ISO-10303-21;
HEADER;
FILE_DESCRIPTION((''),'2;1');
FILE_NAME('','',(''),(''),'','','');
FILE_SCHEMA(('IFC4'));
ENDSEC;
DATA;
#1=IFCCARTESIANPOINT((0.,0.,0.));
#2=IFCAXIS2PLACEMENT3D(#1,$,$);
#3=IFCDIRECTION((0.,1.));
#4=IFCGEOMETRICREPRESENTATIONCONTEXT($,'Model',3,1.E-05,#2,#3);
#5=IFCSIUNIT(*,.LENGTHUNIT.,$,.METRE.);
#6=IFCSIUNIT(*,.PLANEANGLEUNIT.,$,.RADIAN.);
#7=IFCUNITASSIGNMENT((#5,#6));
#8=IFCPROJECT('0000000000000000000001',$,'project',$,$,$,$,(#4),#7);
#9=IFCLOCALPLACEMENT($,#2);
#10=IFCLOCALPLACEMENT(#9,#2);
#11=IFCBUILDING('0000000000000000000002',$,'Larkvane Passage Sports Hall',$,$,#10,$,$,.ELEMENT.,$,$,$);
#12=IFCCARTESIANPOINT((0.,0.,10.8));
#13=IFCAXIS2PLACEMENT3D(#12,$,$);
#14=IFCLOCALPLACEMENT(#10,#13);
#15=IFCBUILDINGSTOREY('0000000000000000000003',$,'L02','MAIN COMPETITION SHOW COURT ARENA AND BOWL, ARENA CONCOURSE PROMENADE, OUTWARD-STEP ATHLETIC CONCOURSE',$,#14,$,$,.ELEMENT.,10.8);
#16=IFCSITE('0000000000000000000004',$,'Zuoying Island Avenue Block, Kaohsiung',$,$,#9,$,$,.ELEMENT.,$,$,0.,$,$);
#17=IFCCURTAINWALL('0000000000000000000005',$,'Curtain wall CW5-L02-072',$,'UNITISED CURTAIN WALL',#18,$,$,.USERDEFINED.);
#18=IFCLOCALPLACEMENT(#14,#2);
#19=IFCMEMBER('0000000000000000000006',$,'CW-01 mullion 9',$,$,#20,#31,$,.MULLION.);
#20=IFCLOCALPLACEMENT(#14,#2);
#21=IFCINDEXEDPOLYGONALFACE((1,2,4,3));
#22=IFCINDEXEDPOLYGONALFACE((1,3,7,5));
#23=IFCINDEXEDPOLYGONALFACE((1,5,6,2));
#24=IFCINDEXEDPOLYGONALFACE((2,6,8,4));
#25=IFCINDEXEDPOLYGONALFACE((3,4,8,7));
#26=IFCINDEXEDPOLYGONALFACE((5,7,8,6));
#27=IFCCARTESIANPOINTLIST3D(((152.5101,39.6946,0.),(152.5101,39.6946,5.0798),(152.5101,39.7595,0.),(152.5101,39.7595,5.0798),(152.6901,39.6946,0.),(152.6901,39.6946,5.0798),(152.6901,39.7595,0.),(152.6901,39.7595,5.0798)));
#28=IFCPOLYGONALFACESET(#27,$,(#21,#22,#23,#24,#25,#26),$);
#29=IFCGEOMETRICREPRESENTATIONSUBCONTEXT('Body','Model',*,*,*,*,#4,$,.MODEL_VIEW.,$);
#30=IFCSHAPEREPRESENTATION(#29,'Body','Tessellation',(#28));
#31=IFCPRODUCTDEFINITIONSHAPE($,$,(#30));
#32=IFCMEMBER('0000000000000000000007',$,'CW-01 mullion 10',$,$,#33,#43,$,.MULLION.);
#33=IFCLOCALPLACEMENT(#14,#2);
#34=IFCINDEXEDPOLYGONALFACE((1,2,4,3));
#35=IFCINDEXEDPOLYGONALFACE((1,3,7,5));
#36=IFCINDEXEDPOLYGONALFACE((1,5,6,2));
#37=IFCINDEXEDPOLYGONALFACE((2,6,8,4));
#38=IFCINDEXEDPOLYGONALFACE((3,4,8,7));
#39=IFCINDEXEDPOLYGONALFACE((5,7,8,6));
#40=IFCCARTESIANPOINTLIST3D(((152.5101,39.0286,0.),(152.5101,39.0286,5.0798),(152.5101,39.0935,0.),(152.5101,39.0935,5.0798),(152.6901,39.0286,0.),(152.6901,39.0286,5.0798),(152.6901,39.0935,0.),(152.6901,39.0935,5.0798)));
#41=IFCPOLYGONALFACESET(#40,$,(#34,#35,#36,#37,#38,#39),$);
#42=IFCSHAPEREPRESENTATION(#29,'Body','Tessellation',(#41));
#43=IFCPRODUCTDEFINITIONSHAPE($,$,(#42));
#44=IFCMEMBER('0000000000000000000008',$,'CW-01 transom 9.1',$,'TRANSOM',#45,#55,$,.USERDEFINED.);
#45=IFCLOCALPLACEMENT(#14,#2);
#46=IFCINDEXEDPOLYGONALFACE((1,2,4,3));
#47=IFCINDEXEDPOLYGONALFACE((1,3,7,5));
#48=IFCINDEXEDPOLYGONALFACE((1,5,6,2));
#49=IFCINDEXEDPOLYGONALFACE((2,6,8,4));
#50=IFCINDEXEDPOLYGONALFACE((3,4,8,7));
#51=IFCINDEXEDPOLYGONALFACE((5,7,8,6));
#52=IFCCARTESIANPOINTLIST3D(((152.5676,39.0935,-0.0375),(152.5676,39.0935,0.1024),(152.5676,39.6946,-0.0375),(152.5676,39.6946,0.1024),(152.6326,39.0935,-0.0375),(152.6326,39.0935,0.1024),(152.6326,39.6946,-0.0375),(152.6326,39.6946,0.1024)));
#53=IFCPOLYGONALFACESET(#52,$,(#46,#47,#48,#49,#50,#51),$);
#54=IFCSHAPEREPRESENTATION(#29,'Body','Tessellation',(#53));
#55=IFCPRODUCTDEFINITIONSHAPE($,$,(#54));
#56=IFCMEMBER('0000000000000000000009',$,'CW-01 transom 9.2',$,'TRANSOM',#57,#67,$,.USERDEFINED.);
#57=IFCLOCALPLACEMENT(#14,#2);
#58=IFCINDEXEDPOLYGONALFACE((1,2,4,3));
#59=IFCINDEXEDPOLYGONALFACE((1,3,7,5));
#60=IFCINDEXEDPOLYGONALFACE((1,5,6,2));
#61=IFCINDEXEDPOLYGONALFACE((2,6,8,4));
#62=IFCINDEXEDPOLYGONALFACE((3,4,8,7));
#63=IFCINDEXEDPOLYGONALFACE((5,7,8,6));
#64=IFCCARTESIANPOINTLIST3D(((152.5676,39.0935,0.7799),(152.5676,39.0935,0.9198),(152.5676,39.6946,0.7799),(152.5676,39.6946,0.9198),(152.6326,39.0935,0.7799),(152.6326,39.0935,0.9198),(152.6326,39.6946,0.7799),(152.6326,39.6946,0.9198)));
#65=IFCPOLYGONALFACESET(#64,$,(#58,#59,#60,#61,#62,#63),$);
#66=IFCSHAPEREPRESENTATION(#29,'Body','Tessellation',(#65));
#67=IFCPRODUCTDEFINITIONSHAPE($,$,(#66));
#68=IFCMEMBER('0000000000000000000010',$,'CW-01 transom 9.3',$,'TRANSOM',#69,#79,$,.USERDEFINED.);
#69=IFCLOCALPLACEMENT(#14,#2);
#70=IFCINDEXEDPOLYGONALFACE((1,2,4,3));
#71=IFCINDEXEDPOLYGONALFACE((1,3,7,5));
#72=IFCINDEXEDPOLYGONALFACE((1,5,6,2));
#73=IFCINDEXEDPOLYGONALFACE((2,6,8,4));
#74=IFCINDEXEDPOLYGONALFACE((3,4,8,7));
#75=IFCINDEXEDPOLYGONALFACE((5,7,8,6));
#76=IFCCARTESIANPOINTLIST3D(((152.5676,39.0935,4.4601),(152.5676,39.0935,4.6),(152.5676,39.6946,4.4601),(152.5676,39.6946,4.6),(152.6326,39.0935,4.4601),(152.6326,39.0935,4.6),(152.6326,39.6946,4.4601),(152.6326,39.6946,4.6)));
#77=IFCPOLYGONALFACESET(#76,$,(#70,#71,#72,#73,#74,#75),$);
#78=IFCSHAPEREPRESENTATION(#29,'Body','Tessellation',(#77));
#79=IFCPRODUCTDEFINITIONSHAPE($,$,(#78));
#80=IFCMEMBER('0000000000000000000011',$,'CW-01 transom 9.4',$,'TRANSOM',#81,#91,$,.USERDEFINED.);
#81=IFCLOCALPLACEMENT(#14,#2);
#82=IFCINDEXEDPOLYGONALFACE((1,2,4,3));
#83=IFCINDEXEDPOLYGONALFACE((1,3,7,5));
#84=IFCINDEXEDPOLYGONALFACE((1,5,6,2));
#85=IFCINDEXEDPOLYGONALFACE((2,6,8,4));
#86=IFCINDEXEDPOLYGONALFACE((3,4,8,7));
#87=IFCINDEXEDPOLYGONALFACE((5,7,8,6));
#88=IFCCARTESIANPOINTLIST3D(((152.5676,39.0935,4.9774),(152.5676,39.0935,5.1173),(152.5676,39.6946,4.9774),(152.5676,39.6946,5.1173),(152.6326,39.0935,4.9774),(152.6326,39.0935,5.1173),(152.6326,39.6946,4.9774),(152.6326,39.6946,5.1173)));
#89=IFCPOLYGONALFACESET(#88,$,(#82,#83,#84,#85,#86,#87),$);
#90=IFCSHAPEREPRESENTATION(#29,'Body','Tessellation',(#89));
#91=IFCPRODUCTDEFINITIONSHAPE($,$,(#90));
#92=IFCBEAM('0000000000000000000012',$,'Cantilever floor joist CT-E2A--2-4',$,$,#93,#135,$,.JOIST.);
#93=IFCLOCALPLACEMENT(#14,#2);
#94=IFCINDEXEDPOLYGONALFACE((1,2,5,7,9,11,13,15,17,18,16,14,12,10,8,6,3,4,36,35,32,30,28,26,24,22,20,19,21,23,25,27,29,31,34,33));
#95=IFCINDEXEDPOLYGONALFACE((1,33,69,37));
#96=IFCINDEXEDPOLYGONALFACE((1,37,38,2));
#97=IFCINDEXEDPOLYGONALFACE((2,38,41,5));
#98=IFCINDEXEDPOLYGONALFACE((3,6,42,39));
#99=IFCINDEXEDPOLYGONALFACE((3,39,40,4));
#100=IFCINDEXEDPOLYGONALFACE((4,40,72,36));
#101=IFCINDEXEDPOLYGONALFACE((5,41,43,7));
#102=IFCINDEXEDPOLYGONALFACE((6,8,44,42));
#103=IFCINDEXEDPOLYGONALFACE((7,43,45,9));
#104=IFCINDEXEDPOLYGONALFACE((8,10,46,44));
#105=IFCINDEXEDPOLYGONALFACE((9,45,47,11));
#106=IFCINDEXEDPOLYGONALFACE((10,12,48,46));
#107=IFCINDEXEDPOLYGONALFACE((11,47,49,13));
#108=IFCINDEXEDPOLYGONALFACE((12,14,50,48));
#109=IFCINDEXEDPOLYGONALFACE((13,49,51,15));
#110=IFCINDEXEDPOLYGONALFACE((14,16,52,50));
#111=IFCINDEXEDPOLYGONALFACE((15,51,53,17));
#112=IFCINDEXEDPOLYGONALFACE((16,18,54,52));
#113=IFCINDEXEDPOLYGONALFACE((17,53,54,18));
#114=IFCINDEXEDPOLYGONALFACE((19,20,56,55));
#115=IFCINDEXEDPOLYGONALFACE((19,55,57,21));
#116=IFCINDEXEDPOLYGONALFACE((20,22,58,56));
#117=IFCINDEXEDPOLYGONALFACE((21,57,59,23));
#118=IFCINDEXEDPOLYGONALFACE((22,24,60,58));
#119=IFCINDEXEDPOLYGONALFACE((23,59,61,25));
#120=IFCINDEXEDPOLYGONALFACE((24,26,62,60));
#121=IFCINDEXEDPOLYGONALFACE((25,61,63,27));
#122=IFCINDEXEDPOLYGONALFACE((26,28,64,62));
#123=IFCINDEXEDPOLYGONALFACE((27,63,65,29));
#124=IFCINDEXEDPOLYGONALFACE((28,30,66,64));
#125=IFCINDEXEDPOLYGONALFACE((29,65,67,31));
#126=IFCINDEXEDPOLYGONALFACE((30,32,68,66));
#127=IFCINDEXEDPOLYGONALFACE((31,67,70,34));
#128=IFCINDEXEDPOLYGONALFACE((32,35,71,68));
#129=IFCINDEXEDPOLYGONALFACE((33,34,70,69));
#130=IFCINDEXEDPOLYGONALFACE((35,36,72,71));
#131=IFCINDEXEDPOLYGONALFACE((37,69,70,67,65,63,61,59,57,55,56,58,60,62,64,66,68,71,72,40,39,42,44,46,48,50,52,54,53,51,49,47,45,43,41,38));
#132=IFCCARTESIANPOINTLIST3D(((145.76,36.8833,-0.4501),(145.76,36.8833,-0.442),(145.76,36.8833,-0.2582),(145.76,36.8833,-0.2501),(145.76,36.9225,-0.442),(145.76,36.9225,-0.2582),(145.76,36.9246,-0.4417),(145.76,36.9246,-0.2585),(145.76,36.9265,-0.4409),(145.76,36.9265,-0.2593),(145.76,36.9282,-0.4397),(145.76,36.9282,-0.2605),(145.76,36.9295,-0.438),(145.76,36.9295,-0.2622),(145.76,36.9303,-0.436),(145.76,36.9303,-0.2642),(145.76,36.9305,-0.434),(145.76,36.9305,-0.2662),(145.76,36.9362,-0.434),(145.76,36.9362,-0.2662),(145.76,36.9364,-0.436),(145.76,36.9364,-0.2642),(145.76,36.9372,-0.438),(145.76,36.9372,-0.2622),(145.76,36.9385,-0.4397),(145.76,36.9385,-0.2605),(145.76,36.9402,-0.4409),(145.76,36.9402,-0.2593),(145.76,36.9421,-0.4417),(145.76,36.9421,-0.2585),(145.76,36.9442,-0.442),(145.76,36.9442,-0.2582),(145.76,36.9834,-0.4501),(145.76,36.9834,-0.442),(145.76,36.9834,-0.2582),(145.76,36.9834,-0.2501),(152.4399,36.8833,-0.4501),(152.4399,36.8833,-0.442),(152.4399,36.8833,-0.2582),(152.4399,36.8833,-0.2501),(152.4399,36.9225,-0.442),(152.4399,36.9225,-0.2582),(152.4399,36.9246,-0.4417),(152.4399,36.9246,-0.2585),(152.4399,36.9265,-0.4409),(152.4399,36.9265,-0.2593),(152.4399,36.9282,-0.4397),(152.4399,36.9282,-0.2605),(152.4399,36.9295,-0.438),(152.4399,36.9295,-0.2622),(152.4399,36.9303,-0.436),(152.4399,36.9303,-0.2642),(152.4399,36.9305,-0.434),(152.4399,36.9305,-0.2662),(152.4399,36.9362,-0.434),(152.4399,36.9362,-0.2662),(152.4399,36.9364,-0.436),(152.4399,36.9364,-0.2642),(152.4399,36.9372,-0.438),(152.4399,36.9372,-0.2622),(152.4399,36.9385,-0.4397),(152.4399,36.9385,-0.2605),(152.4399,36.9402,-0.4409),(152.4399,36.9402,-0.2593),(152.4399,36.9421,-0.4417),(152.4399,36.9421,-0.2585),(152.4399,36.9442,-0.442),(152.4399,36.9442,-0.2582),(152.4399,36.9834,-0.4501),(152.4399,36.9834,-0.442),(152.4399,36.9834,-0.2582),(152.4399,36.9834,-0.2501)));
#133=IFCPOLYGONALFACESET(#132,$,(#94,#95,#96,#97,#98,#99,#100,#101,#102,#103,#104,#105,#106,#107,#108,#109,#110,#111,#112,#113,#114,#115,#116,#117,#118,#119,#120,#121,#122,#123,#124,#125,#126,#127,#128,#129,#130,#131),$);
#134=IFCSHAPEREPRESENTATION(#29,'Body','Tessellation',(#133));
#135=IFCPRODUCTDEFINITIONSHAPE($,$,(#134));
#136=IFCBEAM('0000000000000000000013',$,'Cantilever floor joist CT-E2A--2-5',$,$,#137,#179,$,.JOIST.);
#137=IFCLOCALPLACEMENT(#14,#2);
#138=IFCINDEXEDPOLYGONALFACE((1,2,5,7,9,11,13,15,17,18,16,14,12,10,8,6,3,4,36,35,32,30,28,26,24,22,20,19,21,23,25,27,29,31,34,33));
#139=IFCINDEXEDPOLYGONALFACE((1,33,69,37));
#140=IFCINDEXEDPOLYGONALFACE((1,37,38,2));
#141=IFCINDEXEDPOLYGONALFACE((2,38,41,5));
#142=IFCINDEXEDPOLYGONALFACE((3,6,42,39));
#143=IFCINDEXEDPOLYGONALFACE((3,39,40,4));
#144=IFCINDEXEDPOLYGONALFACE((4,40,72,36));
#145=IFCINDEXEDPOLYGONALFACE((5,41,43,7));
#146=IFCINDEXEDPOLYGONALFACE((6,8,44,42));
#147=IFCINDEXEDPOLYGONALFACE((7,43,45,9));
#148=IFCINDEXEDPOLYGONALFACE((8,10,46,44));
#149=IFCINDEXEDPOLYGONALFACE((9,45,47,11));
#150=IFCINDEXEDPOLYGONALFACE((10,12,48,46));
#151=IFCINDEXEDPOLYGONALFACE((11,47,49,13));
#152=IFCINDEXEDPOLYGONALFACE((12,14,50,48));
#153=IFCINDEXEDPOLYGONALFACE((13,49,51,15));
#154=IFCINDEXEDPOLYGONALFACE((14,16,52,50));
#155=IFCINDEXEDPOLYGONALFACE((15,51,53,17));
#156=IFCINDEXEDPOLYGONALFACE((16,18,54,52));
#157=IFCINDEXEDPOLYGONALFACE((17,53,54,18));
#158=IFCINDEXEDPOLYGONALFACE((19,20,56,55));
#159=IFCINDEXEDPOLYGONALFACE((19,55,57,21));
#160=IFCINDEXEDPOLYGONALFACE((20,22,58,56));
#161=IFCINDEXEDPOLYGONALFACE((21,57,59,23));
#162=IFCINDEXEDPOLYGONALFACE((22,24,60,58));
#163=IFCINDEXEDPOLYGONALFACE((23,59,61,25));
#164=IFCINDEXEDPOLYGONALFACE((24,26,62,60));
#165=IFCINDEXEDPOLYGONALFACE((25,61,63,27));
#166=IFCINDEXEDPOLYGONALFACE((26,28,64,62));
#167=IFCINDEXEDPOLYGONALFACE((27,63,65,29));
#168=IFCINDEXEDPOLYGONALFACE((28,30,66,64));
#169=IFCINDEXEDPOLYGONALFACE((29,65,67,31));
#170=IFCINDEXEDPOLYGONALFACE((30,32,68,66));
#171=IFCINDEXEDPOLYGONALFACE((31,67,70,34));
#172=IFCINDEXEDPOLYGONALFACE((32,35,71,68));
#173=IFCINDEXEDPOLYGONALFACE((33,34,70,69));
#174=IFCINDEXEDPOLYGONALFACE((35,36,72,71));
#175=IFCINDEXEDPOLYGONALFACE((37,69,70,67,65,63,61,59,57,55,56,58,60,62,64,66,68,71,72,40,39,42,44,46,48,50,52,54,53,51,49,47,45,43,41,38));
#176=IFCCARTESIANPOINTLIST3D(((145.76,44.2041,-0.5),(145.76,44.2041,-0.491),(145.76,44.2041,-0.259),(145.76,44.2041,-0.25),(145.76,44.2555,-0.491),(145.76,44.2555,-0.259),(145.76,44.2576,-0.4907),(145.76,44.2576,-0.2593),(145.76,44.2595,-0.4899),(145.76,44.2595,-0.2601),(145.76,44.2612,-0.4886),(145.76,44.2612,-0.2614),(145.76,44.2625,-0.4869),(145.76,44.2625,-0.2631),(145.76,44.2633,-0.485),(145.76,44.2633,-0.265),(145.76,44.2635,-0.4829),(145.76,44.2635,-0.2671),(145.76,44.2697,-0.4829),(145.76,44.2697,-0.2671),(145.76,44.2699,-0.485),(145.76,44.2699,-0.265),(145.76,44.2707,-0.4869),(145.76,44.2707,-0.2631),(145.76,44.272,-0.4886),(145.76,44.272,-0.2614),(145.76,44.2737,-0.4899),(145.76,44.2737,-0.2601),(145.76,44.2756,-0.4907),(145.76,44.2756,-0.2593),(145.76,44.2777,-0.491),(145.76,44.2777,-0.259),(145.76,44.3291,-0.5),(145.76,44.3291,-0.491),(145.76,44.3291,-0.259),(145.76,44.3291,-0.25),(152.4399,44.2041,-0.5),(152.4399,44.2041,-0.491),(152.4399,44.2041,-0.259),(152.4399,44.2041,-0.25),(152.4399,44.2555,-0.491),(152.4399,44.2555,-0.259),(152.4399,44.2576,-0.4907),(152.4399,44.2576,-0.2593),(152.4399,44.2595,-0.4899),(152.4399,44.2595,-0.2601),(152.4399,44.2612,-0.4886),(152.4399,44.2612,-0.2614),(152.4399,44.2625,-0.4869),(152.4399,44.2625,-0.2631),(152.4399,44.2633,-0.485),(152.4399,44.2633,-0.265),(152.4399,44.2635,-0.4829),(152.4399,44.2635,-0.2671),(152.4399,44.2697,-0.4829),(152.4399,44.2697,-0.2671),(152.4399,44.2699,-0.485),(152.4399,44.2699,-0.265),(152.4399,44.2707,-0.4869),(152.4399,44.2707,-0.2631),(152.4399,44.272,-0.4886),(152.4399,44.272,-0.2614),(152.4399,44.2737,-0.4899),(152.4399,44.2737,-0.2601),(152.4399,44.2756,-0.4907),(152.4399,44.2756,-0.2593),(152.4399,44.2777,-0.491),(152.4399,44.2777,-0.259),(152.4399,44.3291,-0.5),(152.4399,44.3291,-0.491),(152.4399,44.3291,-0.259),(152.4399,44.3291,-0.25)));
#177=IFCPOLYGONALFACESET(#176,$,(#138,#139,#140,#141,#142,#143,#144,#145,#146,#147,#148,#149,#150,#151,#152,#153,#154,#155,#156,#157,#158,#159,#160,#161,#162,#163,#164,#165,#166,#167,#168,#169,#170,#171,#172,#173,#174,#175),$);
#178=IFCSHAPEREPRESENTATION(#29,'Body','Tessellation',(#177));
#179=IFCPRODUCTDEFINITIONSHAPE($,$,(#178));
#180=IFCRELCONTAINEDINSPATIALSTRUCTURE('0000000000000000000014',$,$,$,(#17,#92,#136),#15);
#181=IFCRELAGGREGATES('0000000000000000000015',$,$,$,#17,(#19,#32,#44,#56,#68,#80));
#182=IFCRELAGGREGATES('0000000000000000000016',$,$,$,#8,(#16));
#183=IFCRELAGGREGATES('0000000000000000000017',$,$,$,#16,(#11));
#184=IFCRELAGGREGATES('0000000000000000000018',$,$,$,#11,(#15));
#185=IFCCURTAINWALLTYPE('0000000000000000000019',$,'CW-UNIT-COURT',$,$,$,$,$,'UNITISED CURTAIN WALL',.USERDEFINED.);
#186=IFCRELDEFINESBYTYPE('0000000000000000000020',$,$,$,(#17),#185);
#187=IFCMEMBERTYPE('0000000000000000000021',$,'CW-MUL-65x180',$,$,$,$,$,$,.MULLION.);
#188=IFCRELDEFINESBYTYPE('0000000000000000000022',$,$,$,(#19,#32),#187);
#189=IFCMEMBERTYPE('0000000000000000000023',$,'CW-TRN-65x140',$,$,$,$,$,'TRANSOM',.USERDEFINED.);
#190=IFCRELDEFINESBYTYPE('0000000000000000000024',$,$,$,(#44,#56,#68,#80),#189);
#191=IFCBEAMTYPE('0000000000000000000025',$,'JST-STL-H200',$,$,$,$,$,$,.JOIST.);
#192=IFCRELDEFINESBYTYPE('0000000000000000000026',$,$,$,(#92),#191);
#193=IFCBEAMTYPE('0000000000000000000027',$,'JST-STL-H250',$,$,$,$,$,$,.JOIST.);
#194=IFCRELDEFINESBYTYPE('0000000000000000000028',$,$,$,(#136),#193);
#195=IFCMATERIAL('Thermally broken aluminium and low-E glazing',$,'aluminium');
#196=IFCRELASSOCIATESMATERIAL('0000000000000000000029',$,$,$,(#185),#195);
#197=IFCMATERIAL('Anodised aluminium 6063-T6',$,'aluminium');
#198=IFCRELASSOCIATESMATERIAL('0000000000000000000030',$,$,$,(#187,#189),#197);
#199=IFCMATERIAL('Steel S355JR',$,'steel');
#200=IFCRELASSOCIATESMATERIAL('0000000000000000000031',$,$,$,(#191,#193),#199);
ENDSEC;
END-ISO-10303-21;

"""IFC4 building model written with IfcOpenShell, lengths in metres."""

from ifc_helpers import new_model, si_unit, direction, frame, origin, origin_2d, place, context, subcontext, project, spatial, rectangle, i_section, extrude, material, material_profile, profile_set, type_object, element, aggregate, save


model = new_model("IFC4")

# Units and contexts
model_context = context("Model", 3, precision=1e-05, world=origin(), true_north=direction((0.0, 1.0)))
body_context = subcontext(model_context, "Body", "Model", "MODEL_VIEW")
ifc_project = project(units=[si_unit("LENGTHUNIT", "METRE"), si_unit("PLANEANGLEUNIT", "RADIAN")], contexts=[model_context])

# Site, building, storey
site_placement = place(None, origin())
site = spatial("IfcSite", under=ifc_project, at=site_placement, Name="Zuoying Island Avenue Block, Kaohsiung", CompositionType="ELEMENT", RefElevation=0.0)
building_placement = place(site_placement, origin())
building = spatial("IfcBuilding", under=site, at=building_placement, Name="Larkvane Passage Sports Hall", CompositionType="ELEMENT")
storey_placement = place(building_placement, frame((0.0, 0.0, 10.8)))
storey = spatial("IfcBuildingStorey", under=building, at=storey_placement, Name="L02", Description="MAIN COMPETITION SHOW COURT ARENA AND BOWL, ARENA CONCOURSE PROMENADE, OUTWARD-STEP ATHLETIC CONCOURSE", CompositionType="ELEMENT", Elevation=10.8)

# Curtain wall, members
ifc_material_1 = material(Name="Thermally broken aluminium and low-E glazing", Category="aluminium")
curtain_wall_type = type_object("IfcCurtainWallType", Name="CW-UNIT-COURT", ElementType="UNITISED CURTAIN WALL", PredefinedType="USERDEFINED", material=ifc_material_1)
curtain_wall_placement = place(storey_placement, origin())
curtain_wall = element("IfcCurtainWall", 1, at=curtain_wall_placement, inside=storey, type_object=curtain_wall_type, Name="Curtain wall CW5-L02-072", ObjectType="UNITISED CURTAIN WALL", PredefinedType="USERDEFINED")
ifc_material_2 = material(Name="Anodised aluminium 6063-T6", Category="aluminium")
ifc_material_profile_1 = material_profile(ifc_material_2, rectangle(XDim=0.0649, YDim=0.1799, at=origin_2d()), Name="ALU-MUL-65x180")
ifc_profile_set_1 = profile_set([ifc_material_profile_1], Name="Anodised aluminium 6063-T6")
member_type_1 = type_object("IfcMemberType", Name="CW-MUL-65x180", PredefinedType="MULLION", material=ifc_profile_set_1)
member_1_placement = place(storey_placement, frame((152.6001, 39.7271, 0.0), z_axis=(0.0, 0.0, 1.0), x_axis=(0.0, -1.0, 0.0)))
member_1 = element("IfcMember", 2, at=member_1_placement, type_object=member_type_1, Name="CW-01 mullion 9", PredefinedType="MULLION", context=body_context, shape_type="SweptSolid", body=[
    extrude(rectangle(XDim=0.0649, YDim=0.1799, at=origin_2d()), origin(), (0.0, 0.0, 1.0), 5.0798),
])
member_2_placement = place(storey_placement, frame((152.6001, 39.061, 0.0), z_axis=(0.0, 0.0, 1.0), x_axis=(0.0, -1.0, 0.0)))
member_2 = element("IfcMember", 3, at=member_2_placement, type_object=member_type_1, Name="CW-01 mullion 10", PredefinedType="MULLION", context=body_context, shape_type="SweptSolid", body=[
    extrude(rectangle(XDim=0.0649, YDim=0.1799, at=origin_2d()), origin(), (0.0, 0.0, 1.0), 5.0798),
])
ifc_material_profile_2 = material_profile(ifc_material_2, rectangle(XDim=0.0649, YDim=0.1399, at=origin_2d()), Name="ALU-TRN-65x140")
ifc_profile_set_2 = profile_set([ifc_material_profile_2], Name="Anodised aluminium 6063-T6")
member_type_2 = type_object("IfcMemberType", Name="CW-TRN-65x140", ElementType="TRANSOM", PredefinedType="USERDEFINED", material=ifc_profile_set_2)
member_3_placement = place(storey_placement, frame((152.6001, 39.6946, 0.0325), z_axis=(0.0, -1.0, 0.0), x_axis=(1.0, 0.0, 0.0)))
member_3 = element("IfcMember", 4, at=member_3_placement, type_object=member_type_2, Name="CW-01 transom 9.1", ObjectType="TRANSOM", PredefinedType="USERDEFINED", context=body_context, shape_type="SweptSolid", body=[
    extrude(rectangle(XDim=0.0649, YDim=0.1399, at=origin_2d()), origin(), (0.0, 0.0, 1.0), 0.6011),
])
member_4_placement = place(storey_placement, frame((152.6001, 39.6946, 0.8499), z_axis=(0.0, -1.0, 0.0), x_axis=(1.0, 0.0, 0.0)))
member_4 = element("IfcMember", 5, at=member_4_placement, type_object=member_type_2, Name="CW-01 transom 9.2", ObjectType="TRANSOM", PredefinedType="USERDEFINED", context=body_context, shape_type="SweptSolid", body=[
    extrude(rectangle(XDim=0.0649, YDim=0.1399, at=origin_2d()), origin(), (0.0, 0.0, 1.0), 0.6011),
])
member_5_placement = place(storey_placement, frame((152.6001, 39.6946, 4.53), z_axis=(0.0, -1.0, 0.0), x_axis=(1.0, 0.0, 0.0)))
member_5 = element("IfcMember", 6, at=member_5_placement, type_object=member_type_2, Name="CW-01 transom 9.3", ObjectType="TRANSOM", PredefinedType="USERDEFINED", context=body_context, shape_type="SweptSolid", body=[
    extrude(rectangle(XDim=0.0649, YDim=0.1399, at=origin_2d()), origin(), (0.0, 0.0, 1.0), 0.6011),
])
member_6_placement = place(storey_placement, frame((152.6001, 39.6946, 5.0474), z_axis=(0.0, -1.0, 0.0), x_axis=(1.0, 0.0, 0.0)))
member_6 = element("IfcMember", 7, at=member_6_placement, type_object=member_type_2, Name="CW-01 transom 9.4", ObjectType="TRANSOM", PredefinedType="USERDEFINED", context=body_context, shape_type="SweptSolid", body=[
    extrude(rectangle(XDim=0.0649, YDim=0.1399, at=origin_2d()), origin(), (0.0, 0.0, 1.0), 0.6011),
])

# Beams
ifc_material_3 = material(Name="Steel S355JR", Category="steel")
ifc_material_profile_3 = material_profile(ifc_material_3, i_section(OverallWidth=0.1001, OverallDepth=0.2, WebThickness=0.0056, FlangeThickness=0.0081, FilletRadius=0.0081, at=origin_2d()), Name="H-200x100x5.5x8")
ifc_profile_set_3 = profile_set([ifc_material_profile_3], Name="Steel S355JR")
beam_type_1 = type_object("IfcBeamType", Name="JST-STL-H200", PredefinedType="JOIST", material=ifc_profile_set_3)
beam_1_placement = place(storey_placement, frame((145.76, 36.9333, -0.3501), z_axis=(1.0, 0.0, 0.0), x_axis=(0.0, 1.0, 0.0)))
element("IfcBeam", 8, at=beam_1_placement, inside=storey, type_object=beam_type_1, Name="Cantilever floor joist CT-E2A--2-4", PredefinedType="JOIST", context=body_context, shape_type="SweptSolid", body=[
    extrude(i_section(OverallWidth=0.1001, OverallDepth=0.2, WebThickness=0.0056, FlangeThickness=0.0081, FilletRadius=0.0081, at=origin_2d()), origin(), (0.0, 0.0, 1.0), 6.6799),
])
ifc_material_profile_4 = material_profile(ifc_material_3, i_section(OverallWidth=0.125, OverallDepth=0.25, WebThickness=0.0061, FlangeThickness=0.009, FilletRadius=0.0081, at=origin_2d()), Name="H-250x125x6x9")
ifc_profile_set_4 = profile_set([ifc_material_profile_4], Name="Steel S355JR")
beam_type_2 = type_object("IfcBeamType", Name="JST-STL-H250", PredefinedType="JOIST", material=ifc_profile_set_4)
beam_2_placement = place(storey_placement, frame((145.76, 44.2666, -0.375), z_axis=(1.0, 0.0, 0.0), x_axis=(0.0, 1.0, 0.0)))
element("IfcBeam", 9, at=beam_2_placement, inside=storey, type_object=beam_type_2, Name="Cantilever floor joist CT-E2A--2-5", PredefinedType="JOIST", context=body_context, shape_type="SweptSolid", body=[
    extrude(i_section(OverallWidth=0.125, OverallDepth=0.25, WebThickness=0.0061, FlangeThickness=0.009, FilletRadius=0.0081, at=origin_2d()), origin(), (0.0, 0.0, 1.0), 6.6799),
])

aggregate(curtain_wall, [member_1, member_2, member_3, member_4, member_5, member_6])

save(model, "model.ifc")
